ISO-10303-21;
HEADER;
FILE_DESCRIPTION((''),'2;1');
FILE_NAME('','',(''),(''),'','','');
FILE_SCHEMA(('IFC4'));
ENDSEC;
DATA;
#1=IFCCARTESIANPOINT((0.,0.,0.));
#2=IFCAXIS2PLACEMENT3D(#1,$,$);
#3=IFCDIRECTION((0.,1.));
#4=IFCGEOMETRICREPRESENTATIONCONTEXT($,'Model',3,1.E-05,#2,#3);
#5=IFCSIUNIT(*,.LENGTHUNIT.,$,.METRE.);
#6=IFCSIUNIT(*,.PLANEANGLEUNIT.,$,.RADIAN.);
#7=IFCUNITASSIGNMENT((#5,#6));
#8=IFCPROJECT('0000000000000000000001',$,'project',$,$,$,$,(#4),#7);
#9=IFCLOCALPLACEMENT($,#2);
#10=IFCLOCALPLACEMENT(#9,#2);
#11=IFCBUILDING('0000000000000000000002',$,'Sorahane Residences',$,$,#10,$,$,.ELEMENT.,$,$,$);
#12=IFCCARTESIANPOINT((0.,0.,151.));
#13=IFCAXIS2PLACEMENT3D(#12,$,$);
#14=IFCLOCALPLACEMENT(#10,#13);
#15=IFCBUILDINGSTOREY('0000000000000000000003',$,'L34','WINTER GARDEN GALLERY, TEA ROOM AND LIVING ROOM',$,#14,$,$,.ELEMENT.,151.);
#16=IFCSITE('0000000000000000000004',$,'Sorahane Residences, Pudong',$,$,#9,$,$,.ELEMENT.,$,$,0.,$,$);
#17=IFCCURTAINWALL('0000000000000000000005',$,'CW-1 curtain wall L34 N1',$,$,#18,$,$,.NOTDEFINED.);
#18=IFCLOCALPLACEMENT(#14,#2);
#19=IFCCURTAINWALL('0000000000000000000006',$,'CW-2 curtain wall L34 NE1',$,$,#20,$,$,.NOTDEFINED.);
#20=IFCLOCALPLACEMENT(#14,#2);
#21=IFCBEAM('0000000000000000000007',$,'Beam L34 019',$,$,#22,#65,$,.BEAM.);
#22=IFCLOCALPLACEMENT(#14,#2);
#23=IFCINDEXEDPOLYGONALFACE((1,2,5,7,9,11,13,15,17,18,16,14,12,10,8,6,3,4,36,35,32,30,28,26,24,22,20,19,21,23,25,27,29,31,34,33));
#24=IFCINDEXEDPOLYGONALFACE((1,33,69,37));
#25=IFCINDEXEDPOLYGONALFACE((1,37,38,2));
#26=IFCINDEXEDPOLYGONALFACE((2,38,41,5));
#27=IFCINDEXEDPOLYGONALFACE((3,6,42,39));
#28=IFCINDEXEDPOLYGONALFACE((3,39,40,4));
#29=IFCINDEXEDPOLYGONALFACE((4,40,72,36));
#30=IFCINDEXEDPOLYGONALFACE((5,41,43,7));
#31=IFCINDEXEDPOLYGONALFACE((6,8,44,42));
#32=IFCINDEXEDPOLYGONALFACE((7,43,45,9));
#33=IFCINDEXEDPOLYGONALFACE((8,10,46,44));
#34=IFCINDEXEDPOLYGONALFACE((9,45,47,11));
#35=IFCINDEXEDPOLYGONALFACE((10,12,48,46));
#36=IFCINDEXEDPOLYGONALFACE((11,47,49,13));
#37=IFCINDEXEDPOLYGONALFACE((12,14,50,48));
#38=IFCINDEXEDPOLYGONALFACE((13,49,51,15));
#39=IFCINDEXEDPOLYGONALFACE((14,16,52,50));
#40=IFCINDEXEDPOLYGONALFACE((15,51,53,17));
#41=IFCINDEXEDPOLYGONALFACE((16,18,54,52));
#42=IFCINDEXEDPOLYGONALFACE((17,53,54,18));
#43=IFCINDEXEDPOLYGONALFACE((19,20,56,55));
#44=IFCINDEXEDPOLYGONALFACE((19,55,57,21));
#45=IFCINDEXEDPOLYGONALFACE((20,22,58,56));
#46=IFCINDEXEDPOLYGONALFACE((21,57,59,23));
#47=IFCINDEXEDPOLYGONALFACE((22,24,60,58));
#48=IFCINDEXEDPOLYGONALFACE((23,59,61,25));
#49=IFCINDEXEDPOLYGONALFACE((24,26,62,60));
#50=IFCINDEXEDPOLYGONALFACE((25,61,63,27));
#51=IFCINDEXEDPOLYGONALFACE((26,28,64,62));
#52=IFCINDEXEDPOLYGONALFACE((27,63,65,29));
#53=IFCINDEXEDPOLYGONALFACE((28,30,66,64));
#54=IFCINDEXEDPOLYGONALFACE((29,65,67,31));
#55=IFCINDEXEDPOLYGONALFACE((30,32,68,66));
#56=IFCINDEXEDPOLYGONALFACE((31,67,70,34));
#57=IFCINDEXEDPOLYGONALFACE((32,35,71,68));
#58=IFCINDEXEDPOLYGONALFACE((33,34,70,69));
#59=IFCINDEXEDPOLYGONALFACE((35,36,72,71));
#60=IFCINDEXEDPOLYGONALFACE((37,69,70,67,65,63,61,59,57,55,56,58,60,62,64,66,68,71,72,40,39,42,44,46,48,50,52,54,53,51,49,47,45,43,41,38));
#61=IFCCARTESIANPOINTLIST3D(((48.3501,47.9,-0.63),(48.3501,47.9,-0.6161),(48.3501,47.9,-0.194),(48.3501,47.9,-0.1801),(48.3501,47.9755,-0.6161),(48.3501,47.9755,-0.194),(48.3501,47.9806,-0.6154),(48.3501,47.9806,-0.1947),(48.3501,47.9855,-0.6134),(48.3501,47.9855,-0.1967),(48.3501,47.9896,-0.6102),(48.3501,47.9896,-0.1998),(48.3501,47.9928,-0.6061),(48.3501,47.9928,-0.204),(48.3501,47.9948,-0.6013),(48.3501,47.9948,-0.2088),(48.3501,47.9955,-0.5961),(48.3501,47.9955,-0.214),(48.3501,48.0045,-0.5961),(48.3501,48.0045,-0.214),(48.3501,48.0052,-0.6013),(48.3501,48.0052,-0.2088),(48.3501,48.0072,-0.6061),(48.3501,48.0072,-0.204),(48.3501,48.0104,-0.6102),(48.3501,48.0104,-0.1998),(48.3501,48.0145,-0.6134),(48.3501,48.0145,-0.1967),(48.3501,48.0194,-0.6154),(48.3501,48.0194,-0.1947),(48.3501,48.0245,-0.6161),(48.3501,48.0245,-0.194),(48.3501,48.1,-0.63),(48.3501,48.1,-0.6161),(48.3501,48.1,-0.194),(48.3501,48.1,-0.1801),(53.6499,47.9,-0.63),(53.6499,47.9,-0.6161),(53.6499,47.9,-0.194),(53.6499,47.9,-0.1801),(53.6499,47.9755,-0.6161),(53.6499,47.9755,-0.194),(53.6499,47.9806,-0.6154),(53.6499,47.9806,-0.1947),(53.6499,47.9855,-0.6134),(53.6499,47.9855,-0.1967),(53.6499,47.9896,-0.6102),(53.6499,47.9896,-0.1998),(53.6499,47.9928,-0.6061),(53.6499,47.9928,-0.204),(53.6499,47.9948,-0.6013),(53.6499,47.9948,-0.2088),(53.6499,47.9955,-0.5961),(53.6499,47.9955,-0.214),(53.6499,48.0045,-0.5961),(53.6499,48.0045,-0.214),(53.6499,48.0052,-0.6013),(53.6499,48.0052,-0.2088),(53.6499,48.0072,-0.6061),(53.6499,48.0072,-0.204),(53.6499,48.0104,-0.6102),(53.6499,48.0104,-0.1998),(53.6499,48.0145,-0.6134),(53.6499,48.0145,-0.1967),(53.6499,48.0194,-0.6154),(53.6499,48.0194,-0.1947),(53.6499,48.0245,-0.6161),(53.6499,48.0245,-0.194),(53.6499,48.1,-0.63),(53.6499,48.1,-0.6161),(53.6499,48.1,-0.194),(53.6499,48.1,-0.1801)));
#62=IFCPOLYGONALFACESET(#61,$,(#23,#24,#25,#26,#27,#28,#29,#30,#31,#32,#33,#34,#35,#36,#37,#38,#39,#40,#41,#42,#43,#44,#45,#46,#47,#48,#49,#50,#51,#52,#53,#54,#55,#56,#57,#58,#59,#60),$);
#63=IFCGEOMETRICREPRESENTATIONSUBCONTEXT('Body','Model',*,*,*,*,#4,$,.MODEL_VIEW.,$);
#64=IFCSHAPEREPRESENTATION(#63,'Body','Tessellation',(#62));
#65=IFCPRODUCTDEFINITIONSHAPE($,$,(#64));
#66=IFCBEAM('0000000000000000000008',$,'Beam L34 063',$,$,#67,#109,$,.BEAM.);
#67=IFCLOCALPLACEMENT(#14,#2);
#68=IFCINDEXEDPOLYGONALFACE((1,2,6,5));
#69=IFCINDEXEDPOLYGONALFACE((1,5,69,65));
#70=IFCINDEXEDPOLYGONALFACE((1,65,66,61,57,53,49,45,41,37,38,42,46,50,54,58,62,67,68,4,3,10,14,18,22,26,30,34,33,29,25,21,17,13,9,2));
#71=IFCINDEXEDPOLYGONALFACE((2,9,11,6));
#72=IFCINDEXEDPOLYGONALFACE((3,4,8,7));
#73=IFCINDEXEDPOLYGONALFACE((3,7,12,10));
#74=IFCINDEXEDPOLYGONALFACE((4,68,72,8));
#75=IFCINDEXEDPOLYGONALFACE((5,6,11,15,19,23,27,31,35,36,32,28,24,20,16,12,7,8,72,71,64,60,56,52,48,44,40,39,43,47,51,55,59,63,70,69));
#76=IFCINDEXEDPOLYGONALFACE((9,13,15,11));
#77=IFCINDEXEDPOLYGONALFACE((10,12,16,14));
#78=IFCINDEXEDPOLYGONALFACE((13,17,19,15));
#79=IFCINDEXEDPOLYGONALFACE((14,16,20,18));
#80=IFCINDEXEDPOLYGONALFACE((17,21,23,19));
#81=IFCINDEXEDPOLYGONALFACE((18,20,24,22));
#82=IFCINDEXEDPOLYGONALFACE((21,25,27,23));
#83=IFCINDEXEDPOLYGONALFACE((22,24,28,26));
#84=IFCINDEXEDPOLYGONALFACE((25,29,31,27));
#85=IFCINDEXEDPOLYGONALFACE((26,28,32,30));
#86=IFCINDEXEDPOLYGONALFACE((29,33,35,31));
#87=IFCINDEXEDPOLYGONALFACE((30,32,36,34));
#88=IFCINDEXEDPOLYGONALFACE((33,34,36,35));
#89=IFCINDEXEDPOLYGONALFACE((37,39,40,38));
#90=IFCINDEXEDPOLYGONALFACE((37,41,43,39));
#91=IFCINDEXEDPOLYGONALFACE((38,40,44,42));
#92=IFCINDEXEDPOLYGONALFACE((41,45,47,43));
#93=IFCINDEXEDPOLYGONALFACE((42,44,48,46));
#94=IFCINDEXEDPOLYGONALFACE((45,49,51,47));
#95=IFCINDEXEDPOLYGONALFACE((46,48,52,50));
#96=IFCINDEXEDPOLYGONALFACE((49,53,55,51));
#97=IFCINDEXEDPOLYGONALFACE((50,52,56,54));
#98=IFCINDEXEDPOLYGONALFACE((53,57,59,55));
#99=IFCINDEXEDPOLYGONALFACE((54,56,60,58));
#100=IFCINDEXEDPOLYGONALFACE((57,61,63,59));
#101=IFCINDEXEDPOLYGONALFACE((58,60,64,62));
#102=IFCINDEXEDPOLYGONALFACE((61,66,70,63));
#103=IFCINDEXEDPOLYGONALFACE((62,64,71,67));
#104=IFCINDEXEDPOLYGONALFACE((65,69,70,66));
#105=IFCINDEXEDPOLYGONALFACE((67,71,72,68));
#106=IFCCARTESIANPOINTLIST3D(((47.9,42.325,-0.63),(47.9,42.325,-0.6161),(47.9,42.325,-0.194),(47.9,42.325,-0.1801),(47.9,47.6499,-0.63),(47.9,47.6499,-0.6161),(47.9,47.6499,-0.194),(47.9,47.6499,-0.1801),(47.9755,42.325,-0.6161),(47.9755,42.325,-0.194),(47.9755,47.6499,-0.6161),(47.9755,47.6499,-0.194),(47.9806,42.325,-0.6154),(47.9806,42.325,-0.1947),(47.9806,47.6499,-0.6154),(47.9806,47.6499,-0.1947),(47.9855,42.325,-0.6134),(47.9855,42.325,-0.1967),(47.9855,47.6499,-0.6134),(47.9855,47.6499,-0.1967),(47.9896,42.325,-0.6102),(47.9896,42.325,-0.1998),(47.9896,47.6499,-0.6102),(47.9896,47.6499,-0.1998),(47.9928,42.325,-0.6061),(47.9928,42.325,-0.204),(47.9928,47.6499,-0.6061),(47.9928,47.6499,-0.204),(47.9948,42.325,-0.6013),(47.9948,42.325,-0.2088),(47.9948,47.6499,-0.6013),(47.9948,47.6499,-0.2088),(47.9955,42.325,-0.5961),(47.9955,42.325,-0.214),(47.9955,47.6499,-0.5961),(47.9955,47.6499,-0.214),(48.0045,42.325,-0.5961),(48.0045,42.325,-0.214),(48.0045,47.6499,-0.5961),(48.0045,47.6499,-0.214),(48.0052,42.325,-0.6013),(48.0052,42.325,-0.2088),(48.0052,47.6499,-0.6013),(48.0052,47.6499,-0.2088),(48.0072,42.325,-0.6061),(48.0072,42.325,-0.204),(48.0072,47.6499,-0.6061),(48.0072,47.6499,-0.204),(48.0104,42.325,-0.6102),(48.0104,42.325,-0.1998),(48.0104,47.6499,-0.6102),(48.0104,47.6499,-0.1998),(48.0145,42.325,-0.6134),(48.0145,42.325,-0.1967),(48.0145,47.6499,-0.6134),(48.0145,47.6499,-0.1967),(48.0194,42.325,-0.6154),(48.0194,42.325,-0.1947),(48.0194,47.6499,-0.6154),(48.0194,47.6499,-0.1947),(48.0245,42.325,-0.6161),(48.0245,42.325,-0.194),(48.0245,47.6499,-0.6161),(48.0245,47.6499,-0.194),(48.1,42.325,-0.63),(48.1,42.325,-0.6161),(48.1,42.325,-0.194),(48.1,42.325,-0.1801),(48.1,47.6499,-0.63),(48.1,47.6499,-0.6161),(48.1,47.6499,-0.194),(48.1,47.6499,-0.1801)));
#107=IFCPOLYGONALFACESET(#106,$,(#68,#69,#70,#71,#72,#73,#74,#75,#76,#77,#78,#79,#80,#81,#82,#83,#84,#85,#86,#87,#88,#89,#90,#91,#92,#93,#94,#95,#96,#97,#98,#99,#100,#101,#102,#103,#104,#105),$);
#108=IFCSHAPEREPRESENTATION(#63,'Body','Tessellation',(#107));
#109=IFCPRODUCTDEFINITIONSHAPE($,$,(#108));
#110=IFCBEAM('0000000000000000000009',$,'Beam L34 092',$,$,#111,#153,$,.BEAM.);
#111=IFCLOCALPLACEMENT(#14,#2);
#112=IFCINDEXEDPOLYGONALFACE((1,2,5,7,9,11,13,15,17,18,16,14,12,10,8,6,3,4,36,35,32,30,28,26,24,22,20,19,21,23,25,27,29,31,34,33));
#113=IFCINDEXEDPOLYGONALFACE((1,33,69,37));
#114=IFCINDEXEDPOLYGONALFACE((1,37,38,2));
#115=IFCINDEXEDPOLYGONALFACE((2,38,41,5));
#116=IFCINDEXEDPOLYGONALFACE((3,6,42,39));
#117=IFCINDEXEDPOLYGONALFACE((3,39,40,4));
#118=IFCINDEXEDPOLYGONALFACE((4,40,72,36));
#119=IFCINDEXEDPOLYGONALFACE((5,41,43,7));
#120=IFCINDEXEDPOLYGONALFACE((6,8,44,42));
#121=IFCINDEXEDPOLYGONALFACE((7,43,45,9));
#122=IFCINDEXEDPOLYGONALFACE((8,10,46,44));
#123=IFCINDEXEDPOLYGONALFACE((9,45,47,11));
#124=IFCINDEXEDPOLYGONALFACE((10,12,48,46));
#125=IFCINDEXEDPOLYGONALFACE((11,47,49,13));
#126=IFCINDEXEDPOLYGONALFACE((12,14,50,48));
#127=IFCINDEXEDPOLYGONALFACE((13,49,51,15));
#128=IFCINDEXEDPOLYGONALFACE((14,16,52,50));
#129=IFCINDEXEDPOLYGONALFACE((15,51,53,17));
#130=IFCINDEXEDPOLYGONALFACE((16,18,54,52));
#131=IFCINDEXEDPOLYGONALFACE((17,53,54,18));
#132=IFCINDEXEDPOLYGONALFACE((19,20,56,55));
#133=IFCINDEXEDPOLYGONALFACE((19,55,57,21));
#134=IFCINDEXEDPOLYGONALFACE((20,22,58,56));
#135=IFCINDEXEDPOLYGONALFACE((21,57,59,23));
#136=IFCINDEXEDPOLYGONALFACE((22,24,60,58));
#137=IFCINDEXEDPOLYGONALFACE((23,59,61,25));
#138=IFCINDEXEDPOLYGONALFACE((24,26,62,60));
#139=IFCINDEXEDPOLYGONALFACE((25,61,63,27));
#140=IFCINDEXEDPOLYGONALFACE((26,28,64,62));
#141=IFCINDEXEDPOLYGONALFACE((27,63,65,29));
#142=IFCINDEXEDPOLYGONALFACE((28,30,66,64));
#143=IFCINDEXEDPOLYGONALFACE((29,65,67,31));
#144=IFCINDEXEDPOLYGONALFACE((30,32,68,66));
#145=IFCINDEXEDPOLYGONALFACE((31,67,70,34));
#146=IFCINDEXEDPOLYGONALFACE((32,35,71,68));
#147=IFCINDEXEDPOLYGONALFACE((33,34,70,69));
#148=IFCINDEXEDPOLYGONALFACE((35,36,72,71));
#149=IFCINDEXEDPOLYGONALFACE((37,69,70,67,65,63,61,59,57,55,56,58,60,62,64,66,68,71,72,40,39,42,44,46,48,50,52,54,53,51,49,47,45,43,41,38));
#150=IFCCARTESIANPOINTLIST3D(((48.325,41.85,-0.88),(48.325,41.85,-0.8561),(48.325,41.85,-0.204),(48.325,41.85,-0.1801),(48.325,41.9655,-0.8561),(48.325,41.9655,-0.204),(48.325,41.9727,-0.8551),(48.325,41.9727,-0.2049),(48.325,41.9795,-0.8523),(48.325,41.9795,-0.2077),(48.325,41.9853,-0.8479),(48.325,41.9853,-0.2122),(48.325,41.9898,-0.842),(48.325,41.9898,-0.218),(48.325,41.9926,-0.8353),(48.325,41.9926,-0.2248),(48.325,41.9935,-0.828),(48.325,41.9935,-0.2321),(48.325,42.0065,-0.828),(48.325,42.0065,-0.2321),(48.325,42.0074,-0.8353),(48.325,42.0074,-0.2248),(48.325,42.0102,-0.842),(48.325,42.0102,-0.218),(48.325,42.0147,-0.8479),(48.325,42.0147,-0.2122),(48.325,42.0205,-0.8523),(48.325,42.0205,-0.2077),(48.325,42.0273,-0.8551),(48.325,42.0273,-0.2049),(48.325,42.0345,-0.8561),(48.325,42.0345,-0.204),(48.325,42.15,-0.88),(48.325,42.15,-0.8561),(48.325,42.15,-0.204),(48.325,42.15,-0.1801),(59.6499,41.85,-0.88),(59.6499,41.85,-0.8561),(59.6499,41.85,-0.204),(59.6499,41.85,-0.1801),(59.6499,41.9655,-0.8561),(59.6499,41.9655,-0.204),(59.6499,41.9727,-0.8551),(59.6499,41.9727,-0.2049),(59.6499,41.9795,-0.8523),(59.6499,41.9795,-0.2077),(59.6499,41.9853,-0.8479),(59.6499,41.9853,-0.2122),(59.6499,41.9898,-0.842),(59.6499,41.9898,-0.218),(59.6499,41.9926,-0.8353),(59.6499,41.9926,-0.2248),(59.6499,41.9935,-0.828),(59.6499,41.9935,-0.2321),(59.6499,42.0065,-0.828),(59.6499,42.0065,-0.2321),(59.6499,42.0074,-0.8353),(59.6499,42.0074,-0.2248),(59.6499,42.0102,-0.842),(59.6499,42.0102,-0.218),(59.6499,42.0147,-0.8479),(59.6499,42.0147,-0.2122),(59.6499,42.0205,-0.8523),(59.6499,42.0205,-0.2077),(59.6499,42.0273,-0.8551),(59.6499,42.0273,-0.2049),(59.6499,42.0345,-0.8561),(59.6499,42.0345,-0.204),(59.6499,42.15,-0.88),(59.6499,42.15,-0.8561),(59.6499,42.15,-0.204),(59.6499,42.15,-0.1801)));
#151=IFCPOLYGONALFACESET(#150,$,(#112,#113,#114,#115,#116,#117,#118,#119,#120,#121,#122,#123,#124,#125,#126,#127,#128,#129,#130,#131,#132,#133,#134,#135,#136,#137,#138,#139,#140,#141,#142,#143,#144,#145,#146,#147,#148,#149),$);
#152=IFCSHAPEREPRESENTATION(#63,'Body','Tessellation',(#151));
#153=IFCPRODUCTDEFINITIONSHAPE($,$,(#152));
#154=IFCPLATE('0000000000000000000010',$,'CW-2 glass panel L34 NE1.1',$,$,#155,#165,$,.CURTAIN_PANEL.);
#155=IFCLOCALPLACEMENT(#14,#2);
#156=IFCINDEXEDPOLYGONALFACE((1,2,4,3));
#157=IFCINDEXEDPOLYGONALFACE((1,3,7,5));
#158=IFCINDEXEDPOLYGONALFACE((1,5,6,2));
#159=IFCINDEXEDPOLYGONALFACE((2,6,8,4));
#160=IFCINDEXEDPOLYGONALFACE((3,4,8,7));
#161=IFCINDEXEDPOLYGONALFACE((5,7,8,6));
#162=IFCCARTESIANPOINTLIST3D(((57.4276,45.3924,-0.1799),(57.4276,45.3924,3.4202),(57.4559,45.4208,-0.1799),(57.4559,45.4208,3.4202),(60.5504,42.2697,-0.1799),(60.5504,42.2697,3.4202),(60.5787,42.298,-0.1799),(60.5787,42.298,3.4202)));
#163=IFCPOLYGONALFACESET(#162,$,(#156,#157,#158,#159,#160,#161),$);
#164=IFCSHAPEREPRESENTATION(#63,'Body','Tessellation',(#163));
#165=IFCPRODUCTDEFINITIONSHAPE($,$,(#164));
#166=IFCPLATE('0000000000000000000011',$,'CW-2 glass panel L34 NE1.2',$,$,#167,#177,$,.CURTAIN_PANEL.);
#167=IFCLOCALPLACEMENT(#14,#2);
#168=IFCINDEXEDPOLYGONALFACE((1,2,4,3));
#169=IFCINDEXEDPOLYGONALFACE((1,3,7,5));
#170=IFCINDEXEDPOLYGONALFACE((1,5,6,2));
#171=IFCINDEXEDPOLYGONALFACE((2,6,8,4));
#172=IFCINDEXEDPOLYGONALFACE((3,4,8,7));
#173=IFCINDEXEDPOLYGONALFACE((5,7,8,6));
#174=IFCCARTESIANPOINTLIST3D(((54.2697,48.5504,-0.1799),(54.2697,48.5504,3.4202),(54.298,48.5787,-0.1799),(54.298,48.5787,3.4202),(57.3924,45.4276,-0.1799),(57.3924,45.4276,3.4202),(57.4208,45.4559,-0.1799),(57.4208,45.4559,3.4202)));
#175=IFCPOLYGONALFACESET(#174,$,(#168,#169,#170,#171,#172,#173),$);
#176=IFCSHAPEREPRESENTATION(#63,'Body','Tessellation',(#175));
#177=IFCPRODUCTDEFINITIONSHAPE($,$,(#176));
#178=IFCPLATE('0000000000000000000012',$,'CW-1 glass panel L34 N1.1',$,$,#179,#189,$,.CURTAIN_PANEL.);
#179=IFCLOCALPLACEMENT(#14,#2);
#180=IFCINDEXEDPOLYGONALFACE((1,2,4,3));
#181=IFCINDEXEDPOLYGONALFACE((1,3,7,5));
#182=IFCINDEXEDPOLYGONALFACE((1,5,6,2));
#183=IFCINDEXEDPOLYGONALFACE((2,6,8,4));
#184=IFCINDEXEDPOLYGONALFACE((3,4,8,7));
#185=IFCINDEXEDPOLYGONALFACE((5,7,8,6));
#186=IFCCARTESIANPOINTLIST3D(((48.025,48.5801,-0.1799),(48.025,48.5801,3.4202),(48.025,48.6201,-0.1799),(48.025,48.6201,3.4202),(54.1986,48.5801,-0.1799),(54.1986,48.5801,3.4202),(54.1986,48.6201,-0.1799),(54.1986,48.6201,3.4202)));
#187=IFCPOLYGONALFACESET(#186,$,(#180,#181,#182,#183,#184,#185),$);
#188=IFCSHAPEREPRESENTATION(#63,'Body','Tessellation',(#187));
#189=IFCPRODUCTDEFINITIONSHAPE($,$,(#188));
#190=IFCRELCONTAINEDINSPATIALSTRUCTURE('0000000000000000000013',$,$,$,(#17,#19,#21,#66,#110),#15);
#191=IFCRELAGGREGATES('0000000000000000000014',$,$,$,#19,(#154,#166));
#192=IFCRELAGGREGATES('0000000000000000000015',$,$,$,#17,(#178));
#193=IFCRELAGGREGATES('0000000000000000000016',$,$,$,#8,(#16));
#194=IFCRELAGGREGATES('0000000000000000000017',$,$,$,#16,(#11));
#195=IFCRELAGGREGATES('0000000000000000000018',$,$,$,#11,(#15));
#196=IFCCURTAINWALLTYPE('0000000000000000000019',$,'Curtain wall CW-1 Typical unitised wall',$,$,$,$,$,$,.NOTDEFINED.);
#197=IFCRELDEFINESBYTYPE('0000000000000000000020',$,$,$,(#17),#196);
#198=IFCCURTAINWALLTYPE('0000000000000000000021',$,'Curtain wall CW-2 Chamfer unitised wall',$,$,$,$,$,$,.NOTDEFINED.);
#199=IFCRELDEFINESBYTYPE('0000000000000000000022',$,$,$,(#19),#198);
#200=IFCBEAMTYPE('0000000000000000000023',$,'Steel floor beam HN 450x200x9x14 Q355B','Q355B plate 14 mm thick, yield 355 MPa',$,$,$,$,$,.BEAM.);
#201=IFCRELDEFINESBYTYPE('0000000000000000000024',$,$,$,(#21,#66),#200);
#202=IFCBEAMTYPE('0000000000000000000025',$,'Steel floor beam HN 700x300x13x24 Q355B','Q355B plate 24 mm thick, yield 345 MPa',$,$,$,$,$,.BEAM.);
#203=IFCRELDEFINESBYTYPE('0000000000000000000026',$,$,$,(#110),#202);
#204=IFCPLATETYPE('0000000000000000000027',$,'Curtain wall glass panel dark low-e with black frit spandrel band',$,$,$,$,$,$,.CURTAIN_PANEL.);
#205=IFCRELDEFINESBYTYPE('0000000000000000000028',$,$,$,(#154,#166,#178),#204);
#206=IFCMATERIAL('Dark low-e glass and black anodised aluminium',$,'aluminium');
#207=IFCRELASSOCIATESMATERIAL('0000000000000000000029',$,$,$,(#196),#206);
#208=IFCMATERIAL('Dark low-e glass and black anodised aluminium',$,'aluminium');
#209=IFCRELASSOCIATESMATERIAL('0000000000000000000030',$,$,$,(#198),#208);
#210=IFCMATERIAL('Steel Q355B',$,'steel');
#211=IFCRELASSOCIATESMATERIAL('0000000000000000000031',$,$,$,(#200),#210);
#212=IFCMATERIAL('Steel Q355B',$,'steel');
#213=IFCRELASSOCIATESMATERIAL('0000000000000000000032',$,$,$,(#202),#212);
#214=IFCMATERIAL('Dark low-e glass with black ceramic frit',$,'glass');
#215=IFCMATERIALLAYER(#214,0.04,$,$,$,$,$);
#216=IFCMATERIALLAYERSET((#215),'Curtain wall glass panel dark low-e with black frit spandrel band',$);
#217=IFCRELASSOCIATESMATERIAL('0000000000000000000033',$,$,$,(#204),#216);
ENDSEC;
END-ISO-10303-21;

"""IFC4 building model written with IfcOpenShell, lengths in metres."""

from ifc_helpers import new_model, si_unit, direction, frame, origin, origin_2d, place, context, subcontext, project, spatial, rectangle, i_section, extrude, material, layer, layer_set, material_profile, profile_set, type_object, element, aggregate, save


model = new_model("IFC4")

# Units and contexts
model_context = context("Model", 3, precision=1e-05, world=origin(), true_north=direction((0.0, 1.0)))
body_context = subcontext(model_context, "Body", "Model", "MODEL_VIEW")
ifc_project = project(units=[si_unit("LENGTHUNIT", "METRE"), si_unit("PLANEANGLEUNIT", "RADIAN")], contexts=[model_context])

# Site, building, storey
site_placement = place(None, origin())
site = spatial("IfcSite", under=ifc_project, at=site_placement, Name="Sorahane Residences, Pudong", CompositionType="ELEMENT", RefElevation=0.0)
building_placement = place(site_placement, origin())
building = spatial("IfcBuilding", under=site, at=building_placement, Name="Sorahane Residences", CompositionType="ELEMENT")
storey_placement = place(building_placement, frame((0.0, 0.0, 151.0)))
storey = spatial("IfcBuildingStorey", under=building, at=storey_placement, Name="L34", Description="WINTER GARDEN GALLERY, TEA ROOM AND LIVING ROOM", CompositionType="ELEMENT", Elevation=151.0)

# Curtain wall
ifc_material_1 = material(Name="Dark low-e glass and black anodised aluminium", Category="aluminium")
curtain_wall_type_1 = type_object("IfcCurtainWallType", Name="Curtain wall CW-1 Typical unitised wall", PredefinedType="NOTDEFINED", material=ifc_material_1)
curtain_wall_1_placement = place(storey_placement, origin())
curtain_wall_1 = element("IfcCurtainWall", 1, at=curtain_wall_1_placement, inside=storey, type_object=curtain_wall_type_1, Name="CW-1 curtain wall L34 N1", PredefinedType="NOTDEFINED")

# Curtain wall
ifc_material_2 = material(Name="Dark low-e glass and black anodised aluminium", Category="aluminium")
curtain_wall_type_2 = type_object("IfcCurtainWallType", Name="Curtain wall CW-2 Chamfer unitised wall", PredefinedType="NOTDEFINED", material=ifc_material_2)
curtain_wall_2_placement = place(storey_placement, origin())
curtain_wall_2 = element("IfcCurtainWall", 2, at=curtain_wall_2_placement, inside=storey, type_object=curtain_wall_type_2, Name="CW-2 curtain wall L34 NE1", PredefinedType="NOTDEFINED")

# Beams
ifc_material_3 = material(Name="Steel Q355B", Category="steel")
ifc_material_profile_1 = material_profile(ifc_material_3, i_section(OverallWidth=0.2, OverallDepth=0.45, WebThickness=0.009, FlangeThickness=0.0139, FilletRadius=0.02, at=origin_2d()), Name="HN 450x200x9x14")
ifc_profile_set_1 = profile_set([ifc_material_profile_1], Name="Steel Q355B")
beam_type_1 = type_object("IfcBeamType", Name="Steel floor beam HN 450x200x9x14 Q355B", Description="Q355B plate 14 mm thick, yield 355 MPa", PredefinedType="BEAM", material=ifc_profile_set_1)
beam_1_placement = place(storey_placement, frame((48.3501, 48.0, -0.405), z_axis=(1.0, 0.0, 0.0), x_axis=(0.0, 1.0, 0.0)))
element("IfcBeam", 3, at=beam_1_placement, inside=storey, type_object=beam_type_1, Name="Beam L34 019", PredefinedType="BEAM", context=body_context, shape_type="SweptSolid", body=[
    extrude(i_section(OverallWidth=0.2, OverallDepth=0.45, WebThickness=0.009, FlangeThickness=0.0139, FilletRadius=0.02, at=origin_2d()), origin(), (0.0, 0.0, 1.0), 5.2998),
])
beam_2_placement = place(storey_placement, frame((48.0, 42.325, -0.405), z_axis=(0.0, 1.0, 0.0), x_axis=(-1.0, 0.0, 0.0)))
element("IfcBeam", 4, at=beam_2_placement, inside=storey, type_object=beam_type_1, Name="Beam L34 063", PredefinedType="BEAM", context=body_context, shape_type="SweptSolid", body=[
    extrude(i_section(OverallWidth=0.2, OverallDepth=0.45, WebThickness=0.009, FlangeThickness=0.0139, FilletRadius=0.02, at=origin_2d()), origin(), (0.0, 0.0, 1.0), 5.325),
])
ifc_material_4 = material(Name="Steel Q355B", Category="steel")
ifc_material_profile_2 = material_profile(ifc_material_4, i_section(OverallWidth=0.3, OverallDepth=0.7, WebThickness=0.0129, FlangeThickness=0.0239, FilletRadius=0.0281, at=origin_2d()), Name="HN 700x300x13x24")
ifc_profile_set_2 = profile_set([ifc_material_profile_2], Name="Steel Q355B")
beam_type_2 = type_object("IfcBeamType", Name="Steel floor beam HN 700x300x13x24 Q355B", Description="Q355B plate 24 mm thick, yield 345 MPa", PredefinedType="BEAM", material=ifc_profile_set_2)
beam_3_placement = place(storey_placement, frame((48.325, 42.0, -0.53), z_axis=(1.0, 0.0, 0.0), x_axis=(0.0, 1.0, 0.0)))
element("IfcBeam", 5, at=beam_3_placement, inside=storey, type_object=beam_type_2, Name="Beam L34 092", PredefinedType="BEAM", context=body_context, shape_type="SweptSolid", body=[
    extrude(i_section(OverallWidth=0.3, OverallDepth=0.7, WebThickness=0.0129, FlangeThickness=0.0239, FilletRadius=0.0281, at=origin_2d()), origin(), (0.0, 0.0, 1.0), 11.325),
])

# Plates
ifc_material_5 = material(Name="Dark low-e glass with black ceramic frit", Category="glass")
ifc_layer_1 = layer(ifc_material_5, 0.04)
ifc_layer_set_1 = layer_set([ifc_layer_1], Name="Curtain wall glass panel dark low-e with black frit spandrel band")
plate_type = type_object("IfcPlateType", Name="Curtain wall glass panel dark low-e with black frit spandrel band", PredefinedType="CURTAIN_PANEL", material=ifc_layer_set_1)
plate_1_placement = place(storey_placement, frame((59.0032, 43.8452, -0.1799), z_axis=(0.0, 0.0, 1.0), x_axis=(-0.707107, 0.707107, 0.0)))
plate_1 = element("IfcPlate", 6, at=plate_1_placement, type_object=plate_type, Name="CW-2 glass panel L34 NE1.1", PredefinedType="CURTAIN_PANEL", context=body_context, shape_type="SweptSolid", body=[
    extrude(rectangle(XDim=4.4163, YDim=0.04, at=origin_2d()), origin(), (0.0, 0.0, 1.0), 3.6001),
])
plate_2_placement = place(storey_placement, frame((55.8452, 47.0032, -0.1799), z_axis=(0.0, 0.0, 1.0), x_axis=(-0.707107, 0.707107, 0.0)))
plate_2 = element("IfcPlate", 7, at=plate_2_placement, type_object=plate_type, Name="CW-2 glass panel L34 NE1.2", PredefinedType="CURTAIN_PANEL", context=body_context, shape_type="SweptSolid", body=[
    extrude(rectangle(XDim=4.4163, YDim=0.04, at=origin_2d()), origin(), (0.0, 0.0, 1.0), 3.6001),
])
aggregate(curtain_wall_2, [plate_1, plate_2])
plate_3_placement = place(storey_placement, frame((51.1118, 48.6001, -0.1799), z_axis=(0.0, 0.0, 1.0), x_axis=(-1.0, 0.0, 0.0)))
plate_3 = element("IfcPlate", 8, at=plate_3_placement, type_object=plate_type, Name="CW-1 glass panel L34 N1.1", PredefinedType="CURTAIN_PANEL", context=body_context, shape_type="SweptSolid", body=[
    extrude(rectangle(XDim=6.1736, YDim=0.04, at=origin_2d()), origin(), (0.0, 0.0, 1.0), 3.6001),
])
aggregate(curtain_wall_1, [plate_3])

save(model, "model.ifc")
